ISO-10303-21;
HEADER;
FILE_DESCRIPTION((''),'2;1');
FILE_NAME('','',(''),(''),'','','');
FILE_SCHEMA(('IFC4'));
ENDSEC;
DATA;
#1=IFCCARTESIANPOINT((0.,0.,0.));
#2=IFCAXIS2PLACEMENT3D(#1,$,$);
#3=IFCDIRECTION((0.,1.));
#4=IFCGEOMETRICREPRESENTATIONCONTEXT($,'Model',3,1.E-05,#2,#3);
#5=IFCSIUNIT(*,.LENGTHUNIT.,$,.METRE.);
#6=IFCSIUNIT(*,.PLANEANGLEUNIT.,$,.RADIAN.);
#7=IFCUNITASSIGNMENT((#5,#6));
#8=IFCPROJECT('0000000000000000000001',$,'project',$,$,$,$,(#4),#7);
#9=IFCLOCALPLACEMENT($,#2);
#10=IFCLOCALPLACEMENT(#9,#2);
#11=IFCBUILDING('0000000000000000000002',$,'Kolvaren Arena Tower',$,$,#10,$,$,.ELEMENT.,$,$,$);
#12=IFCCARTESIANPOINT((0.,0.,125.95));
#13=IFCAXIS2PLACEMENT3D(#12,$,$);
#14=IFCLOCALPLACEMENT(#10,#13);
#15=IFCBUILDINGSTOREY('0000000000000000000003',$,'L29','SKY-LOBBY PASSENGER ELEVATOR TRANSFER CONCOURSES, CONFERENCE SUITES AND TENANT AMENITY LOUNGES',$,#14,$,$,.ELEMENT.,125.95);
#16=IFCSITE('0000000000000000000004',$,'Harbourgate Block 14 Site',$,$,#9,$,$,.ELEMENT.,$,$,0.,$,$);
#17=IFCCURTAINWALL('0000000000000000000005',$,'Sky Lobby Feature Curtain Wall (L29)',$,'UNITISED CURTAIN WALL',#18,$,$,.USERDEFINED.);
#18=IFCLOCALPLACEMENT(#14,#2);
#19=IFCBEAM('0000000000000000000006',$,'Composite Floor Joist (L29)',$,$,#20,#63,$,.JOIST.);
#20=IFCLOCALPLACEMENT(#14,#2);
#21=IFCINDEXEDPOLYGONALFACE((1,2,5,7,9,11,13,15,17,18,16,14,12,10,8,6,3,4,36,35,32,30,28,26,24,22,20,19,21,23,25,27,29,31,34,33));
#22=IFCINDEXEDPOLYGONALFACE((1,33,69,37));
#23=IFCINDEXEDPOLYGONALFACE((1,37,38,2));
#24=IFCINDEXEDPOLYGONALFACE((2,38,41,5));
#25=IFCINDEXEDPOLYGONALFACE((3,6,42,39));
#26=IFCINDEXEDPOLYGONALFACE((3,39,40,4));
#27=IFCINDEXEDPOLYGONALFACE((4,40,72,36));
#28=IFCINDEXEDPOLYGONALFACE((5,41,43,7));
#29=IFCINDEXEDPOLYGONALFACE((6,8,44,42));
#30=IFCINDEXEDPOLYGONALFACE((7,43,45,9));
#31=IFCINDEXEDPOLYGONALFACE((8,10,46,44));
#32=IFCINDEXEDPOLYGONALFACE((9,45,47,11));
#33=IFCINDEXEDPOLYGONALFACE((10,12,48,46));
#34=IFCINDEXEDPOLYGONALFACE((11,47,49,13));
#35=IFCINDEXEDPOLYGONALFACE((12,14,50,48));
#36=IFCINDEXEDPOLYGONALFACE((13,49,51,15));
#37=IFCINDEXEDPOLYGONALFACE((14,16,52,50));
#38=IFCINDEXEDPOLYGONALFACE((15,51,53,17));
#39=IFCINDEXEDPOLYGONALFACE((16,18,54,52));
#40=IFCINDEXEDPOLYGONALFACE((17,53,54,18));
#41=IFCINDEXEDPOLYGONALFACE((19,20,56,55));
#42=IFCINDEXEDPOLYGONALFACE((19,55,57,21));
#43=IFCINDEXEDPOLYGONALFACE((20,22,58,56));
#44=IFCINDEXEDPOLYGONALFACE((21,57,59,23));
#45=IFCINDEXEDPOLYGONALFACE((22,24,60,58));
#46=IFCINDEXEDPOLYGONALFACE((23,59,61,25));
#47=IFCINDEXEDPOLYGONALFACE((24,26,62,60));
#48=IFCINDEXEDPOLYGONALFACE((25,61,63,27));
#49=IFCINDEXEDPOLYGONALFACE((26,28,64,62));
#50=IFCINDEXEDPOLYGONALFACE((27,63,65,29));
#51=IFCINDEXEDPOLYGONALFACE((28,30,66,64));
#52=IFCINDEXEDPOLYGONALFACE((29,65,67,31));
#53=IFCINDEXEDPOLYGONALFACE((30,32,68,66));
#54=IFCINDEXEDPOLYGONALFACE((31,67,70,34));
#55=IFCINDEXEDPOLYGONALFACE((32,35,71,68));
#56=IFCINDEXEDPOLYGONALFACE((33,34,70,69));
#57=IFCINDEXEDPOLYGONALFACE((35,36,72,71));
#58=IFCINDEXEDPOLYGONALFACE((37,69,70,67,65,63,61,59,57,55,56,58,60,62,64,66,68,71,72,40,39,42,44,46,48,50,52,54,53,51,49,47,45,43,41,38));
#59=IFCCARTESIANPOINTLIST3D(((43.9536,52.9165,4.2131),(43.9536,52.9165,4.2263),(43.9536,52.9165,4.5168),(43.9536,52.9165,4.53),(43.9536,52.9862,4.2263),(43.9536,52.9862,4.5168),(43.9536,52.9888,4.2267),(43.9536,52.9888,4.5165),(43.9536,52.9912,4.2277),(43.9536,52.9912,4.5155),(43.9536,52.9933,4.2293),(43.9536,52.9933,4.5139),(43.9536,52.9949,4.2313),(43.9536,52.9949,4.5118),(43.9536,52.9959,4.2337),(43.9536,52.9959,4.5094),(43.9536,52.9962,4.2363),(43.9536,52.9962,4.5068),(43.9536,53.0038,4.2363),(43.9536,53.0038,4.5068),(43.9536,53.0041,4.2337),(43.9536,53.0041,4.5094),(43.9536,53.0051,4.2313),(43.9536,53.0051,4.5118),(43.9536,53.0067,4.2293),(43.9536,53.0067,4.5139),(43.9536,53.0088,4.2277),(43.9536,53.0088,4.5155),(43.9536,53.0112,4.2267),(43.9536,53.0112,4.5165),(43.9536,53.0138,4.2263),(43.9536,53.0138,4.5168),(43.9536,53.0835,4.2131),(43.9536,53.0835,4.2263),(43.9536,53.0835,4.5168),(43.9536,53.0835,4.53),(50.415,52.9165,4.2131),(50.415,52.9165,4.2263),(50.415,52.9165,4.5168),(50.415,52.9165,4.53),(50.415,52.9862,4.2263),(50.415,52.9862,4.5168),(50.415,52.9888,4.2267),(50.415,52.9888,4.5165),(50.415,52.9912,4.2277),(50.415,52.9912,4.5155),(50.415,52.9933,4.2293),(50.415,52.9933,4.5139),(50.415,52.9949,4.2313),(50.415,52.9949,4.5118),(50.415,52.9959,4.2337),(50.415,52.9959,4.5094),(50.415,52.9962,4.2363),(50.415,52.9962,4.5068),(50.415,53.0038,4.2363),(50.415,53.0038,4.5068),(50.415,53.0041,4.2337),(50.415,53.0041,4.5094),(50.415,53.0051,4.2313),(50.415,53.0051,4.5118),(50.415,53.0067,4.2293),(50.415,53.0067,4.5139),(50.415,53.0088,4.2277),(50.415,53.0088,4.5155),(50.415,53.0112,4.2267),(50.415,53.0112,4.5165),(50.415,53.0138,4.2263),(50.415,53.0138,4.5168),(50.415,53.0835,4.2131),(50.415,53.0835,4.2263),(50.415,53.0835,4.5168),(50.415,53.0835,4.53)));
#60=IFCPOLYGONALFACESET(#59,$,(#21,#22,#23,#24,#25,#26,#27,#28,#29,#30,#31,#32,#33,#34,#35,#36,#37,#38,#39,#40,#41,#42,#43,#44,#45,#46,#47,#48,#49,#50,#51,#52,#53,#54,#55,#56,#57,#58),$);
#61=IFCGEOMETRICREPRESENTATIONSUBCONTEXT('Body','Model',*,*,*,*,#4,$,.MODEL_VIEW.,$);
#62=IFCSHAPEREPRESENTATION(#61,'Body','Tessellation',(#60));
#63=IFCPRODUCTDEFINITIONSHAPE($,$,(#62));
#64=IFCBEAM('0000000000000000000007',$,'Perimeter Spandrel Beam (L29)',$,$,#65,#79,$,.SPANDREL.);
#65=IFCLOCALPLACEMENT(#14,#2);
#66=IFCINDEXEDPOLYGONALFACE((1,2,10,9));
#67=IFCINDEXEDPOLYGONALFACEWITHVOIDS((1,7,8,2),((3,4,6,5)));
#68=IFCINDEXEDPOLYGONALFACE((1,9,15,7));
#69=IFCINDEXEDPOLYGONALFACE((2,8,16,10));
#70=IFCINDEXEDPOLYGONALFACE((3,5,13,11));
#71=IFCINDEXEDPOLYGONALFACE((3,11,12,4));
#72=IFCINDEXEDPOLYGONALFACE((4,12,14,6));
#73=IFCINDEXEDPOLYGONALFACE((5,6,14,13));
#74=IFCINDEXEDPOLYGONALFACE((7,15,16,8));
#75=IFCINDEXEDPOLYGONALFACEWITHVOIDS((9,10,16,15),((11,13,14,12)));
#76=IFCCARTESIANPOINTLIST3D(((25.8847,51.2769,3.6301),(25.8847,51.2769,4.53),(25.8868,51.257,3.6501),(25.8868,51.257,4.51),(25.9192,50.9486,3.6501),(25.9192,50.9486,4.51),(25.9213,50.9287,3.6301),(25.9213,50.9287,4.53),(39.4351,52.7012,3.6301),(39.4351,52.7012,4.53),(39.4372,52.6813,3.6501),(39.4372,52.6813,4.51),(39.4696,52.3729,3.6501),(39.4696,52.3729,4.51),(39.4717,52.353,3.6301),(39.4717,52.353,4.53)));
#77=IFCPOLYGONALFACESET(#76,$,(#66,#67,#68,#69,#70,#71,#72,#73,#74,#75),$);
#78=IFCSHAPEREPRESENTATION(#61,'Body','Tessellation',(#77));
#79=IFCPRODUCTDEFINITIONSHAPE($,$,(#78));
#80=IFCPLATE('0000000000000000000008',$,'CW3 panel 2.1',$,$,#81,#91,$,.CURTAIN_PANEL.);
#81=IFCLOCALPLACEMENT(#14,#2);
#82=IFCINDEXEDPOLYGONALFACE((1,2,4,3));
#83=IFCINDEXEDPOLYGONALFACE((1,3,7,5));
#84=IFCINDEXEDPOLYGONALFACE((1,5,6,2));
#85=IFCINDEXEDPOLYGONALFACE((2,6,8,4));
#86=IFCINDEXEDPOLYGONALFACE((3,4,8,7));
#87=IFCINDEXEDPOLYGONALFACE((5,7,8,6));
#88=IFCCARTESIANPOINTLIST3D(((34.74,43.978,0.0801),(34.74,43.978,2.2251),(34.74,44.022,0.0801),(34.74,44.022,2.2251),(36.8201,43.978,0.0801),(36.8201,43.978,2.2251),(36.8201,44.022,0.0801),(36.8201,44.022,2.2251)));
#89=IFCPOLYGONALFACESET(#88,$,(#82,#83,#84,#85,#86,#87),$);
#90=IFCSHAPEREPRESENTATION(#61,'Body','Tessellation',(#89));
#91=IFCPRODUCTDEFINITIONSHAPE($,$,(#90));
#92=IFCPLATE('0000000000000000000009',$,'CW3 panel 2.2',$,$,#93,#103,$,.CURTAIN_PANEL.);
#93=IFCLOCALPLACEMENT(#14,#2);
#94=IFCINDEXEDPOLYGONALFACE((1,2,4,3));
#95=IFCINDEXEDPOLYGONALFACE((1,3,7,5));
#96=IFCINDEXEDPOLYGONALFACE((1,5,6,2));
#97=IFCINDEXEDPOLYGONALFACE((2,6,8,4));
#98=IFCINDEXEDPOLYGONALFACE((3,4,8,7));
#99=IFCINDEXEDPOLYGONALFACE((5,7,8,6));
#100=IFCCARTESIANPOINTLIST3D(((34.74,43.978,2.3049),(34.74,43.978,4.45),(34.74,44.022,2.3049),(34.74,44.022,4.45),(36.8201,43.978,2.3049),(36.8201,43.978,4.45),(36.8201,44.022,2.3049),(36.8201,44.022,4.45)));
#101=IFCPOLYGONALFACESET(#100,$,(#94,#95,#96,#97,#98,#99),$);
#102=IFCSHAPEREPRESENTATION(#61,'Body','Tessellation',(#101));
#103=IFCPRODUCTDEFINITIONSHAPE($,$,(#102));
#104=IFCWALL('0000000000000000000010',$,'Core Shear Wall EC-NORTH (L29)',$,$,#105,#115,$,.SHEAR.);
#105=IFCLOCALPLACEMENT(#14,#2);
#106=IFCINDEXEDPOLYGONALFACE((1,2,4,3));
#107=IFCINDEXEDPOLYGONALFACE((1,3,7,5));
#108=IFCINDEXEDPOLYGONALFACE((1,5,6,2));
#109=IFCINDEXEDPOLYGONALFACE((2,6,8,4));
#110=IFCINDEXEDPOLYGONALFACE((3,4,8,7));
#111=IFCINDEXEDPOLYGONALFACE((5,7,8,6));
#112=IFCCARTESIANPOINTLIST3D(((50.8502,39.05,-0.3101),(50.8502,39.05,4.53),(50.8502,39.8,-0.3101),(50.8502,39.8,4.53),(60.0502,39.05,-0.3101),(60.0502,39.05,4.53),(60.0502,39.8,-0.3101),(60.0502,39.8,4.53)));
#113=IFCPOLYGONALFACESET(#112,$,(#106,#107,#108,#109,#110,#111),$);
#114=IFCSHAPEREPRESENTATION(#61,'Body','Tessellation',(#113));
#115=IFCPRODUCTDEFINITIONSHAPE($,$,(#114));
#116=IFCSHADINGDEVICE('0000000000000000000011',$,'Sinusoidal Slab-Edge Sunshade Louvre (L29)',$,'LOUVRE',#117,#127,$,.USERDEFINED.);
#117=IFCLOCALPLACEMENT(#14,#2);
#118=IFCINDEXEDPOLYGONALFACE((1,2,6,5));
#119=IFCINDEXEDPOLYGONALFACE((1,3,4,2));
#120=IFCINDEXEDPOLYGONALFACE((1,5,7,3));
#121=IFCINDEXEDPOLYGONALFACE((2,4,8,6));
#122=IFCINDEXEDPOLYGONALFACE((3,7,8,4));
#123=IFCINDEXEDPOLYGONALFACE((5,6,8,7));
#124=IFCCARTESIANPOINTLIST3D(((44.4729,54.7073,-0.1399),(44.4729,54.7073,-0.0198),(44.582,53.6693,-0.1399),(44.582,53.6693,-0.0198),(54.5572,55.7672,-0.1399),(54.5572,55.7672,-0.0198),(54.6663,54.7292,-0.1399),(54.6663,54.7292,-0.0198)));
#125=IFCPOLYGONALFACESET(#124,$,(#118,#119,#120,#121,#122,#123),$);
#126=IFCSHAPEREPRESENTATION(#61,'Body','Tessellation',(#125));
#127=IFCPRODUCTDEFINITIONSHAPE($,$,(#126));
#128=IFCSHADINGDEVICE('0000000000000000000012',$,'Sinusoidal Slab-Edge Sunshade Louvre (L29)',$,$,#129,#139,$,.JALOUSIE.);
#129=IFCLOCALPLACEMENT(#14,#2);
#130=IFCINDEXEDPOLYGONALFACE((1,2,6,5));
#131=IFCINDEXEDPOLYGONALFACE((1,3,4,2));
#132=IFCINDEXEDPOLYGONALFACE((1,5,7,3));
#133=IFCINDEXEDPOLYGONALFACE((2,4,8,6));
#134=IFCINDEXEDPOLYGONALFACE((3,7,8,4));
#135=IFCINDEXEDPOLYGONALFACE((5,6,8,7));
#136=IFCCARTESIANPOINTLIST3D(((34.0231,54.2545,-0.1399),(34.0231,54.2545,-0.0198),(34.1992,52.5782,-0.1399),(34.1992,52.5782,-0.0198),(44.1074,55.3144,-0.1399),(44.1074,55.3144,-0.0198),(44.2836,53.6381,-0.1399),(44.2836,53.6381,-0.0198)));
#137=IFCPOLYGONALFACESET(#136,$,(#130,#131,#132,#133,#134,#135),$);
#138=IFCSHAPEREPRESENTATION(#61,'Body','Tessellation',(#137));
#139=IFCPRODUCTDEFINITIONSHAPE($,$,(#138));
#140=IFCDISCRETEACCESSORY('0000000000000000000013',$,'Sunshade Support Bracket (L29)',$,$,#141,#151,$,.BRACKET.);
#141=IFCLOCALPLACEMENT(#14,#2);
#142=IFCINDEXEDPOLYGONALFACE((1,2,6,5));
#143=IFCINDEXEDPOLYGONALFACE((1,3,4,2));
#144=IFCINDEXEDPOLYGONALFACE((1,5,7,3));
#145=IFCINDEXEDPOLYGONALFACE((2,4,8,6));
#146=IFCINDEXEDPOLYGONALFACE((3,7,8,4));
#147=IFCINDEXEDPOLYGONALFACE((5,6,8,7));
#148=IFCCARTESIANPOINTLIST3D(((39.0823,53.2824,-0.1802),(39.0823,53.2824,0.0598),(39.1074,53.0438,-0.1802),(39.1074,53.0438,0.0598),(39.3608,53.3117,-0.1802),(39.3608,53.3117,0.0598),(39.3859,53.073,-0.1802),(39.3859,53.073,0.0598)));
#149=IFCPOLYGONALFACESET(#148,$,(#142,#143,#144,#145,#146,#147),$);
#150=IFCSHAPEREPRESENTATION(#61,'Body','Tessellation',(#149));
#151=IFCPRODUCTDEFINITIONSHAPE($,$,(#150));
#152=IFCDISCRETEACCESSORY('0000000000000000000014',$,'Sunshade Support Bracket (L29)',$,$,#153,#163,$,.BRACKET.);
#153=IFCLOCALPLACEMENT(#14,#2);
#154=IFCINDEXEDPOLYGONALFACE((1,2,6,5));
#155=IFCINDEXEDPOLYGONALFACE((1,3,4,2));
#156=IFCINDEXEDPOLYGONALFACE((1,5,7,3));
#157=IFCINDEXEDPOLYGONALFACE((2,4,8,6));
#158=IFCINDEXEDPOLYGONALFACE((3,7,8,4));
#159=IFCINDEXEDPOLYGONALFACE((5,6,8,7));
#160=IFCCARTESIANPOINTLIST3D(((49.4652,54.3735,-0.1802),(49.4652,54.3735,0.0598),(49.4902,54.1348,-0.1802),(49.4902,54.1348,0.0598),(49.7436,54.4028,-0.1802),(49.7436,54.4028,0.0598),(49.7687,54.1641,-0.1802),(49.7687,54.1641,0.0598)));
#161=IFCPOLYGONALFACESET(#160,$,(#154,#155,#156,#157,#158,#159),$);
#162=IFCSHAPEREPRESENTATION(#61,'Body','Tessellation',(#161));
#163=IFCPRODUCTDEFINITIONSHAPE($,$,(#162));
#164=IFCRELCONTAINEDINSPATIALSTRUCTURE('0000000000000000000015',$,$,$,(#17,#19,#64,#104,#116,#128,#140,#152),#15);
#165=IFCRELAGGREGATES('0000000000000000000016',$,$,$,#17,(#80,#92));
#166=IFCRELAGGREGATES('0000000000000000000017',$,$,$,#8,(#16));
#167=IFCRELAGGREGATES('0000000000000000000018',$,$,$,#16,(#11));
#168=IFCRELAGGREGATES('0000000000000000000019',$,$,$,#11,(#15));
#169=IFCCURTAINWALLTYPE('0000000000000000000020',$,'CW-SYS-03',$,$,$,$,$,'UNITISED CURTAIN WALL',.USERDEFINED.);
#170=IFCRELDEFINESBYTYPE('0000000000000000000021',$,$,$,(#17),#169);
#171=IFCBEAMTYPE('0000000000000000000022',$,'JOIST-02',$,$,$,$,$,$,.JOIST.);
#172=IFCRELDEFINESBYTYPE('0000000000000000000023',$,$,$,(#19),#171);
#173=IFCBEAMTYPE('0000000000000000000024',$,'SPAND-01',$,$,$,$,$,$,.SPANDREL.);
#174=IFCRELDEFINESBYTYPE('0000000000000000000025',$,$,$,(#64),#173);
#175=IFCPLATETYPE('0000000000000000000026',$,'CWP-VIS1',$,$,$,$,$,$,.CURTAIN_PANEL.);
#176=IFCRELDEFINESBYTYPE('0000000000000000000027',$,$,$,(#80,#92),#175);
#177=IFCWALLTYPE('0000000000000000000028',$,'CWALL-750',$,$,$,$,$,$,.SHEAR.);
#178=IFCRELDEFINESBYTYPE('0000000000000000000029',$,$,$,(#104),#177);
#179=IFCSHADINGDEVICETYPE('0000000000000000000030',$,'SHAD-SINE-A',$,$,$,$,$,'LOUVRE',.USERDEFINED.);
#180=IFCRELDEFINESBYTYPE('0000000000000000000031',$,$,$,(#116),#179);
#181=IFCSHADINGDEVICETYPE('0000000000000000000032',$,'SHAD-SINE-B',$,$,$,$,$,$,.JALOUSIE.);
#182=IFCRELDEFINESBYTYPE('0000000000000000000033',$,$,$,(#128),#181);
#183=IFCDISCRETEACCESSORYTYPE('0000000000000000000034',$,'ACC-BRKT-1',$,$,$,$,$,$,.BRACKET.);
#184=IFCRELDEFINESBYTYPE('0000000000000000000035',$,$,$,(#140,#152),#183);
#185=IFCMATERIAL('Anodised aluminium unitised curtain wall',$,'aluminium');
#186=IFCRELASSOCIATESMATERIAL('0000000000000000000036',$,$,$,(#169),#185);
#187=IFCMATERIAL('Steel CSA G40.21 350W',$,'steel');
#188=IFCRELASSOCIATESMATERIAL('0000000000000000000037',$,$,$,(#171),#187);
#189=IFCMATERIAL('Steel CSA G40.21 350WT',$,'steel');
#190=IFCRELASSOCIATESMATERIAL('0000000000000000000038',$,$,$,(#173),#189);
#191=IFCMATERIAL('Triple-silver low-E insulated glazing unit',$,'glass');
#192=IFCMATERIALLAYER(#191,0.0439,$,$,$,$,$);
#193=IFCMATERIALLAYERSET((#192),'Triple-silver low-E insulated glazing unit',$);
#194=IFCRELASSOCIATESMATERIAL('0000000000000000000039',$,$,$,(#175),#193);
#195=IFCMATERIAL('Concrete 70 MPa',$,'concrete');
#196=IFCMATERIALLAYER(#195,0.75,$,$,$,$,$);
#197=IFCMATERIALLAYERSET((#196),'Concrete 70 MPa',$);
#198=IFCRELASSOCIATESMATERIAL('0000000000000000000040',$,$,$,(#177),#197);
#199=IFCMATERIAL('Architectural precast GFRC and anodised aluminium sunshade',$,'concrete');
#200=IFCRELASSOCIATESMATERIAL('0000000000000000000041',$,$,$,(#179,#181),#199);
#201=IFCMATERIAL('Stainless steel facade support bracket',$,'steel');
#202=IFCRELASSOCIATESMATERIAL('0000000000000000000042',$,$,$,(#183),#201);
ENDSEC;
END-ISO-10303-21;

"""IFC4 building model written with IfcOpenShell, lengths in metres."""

from ifc_helpers import new_model, si_unit, direction, frame, frame_2d, origin, origin_2d, place, context, subcontext, project, spatial, rectangle, hollow_rectangle, i_section, extrude, material, layer, layer_set, material_profile, profile_set, type_object, element, aggregate, save


model = new_model("IFC4")

# Units and contexts
model_context = context("Model", 3, precision=1e-05, world=origin(), true_north=direction((0.0, 1.0)))
body_context = subcontext(model_context, "Body", "Model", "MODEL_VIEW")
ifc_project = project(units=[si_unit("LENGTHUNIT", "METRE"), si_unit("PLANEANGLEUNIT", "RADIAN")], contexts=[model_context])

# Site, building, storey
site_placement = place(None, origin())
site = spatial("IfcSite", under=ifc_project, at=site_placement, Name="Harbourgate Block 14 Site", CompositionType="ELEMENT", RefElevation=0.0)
building_placement = place(site_placement, origin())
building = spatial("IfcBuilding", under=site, at=building_placement, Name="Kolvaren Arena Tower", CompositionType="ELEMENT")
storey_placement = place(building_placement, frame((0.0, 0.0, 125.95)))
storey = spatial("IfcBuildingStorey", under=building, at=storey_placement, Name="L29", Description="SKY-LOBBY PASSENGER ELEVATOR TRANSFER CONCOURSES, CONFERENCE SUITES AND TENANT AMENITY LOUNGES", CompositionType="ELEMENT", Elevation=125.95)

# Shared definitions
ifc_material_1 = material(Name="Steel CSA G40.21 350W", Category="steel")

# Curtain wall
ifc_material_2 = material(Name="Anodised aluminium unitised curtain wall", Category="aluminium")
curtain_wall_type = type_object("IfcCurtainWallType", Name="CW-SYS-03", ElementType="UNITISED CURTAIN WALL", PredefinedType="USERDEFINED", material=ifc_material_2)
curtain_wall_placement = place(storey_placement, origin())
curtain_wall = element("IfcCurtainWall", 1, at=curtain_wall_placement, inside=storey, type_object=curtain_wall_type, Name="Sky Lobby Feature Curtain Wall (L29)", ObjectType="UNITISED CURTAIN WALL", PredefinedType="USERDEFINED")

# Beams
ifc_material_profile_1 = material_profile(ifc_material_1, i_section(OverallWidth=0.167, OverallDepth=0.3169, WebThickness=0.0076, FlangeThickness=0.0132, FilletRadius=0.01, at=origin_2d()), Name="W310x52")
ifc_profile_set_1 = profile_set([ifc_material_profile_1], Name="Steel CSA G40.21 350W")
beam_type_1 = type_object("IfcBeamType", Name="JOIST-02", PredefinedType="JOIST", material=ifc_profile_set_1)
beam_1_placement = place(storey_placement, frame((43.9536, 53.0, 4.3716), z_axis=(1.0, 0.0, 0.0), x_axis=(0.0, 1.0, 0.0)))
element("IfcBeam", 2, at=beam_1_placement, inside=storey, type_object=beam_type_1, Name="Composite Floor Joist (L29)", PredefinedType="JOIST", context=body_context, shape_type="SweptSolid", body=[
    extrude(i_section(OverallWidth=0.167, OverallDepth=0.3169, WebThickness=0.0076, FlangeThickness=0.0132, FilletRadius=0.01, at=origin_2d()), origin(), (0.0, 0.0, 1.0), 6.4614),
])
ifc_material_3 = material(Name="Steel CSA G40.21 350WT", Category="steel")
ifc_material_profile_2 = material_profile(ifc_material_3, hollow_rectangle(XDim=0.3501, YDim=0.8999, WallThickness=0.02, at=origin_2d()), Name="HSS 900x350x20")
ifc_profile_set_2 = profile_set([ifc_material_profile_2], Name="Steel CSA G40.21 350WT")
beam_type_2 = type_object("IfcBeamType", Name="SPAND-01", PredefinedType="SPANDREL", material=ifc_profile_set_2)
beam_2_placement = place(storey_placement, frame((39.4534, 52.5271, 4.0801), z_axis=(-0.994521, -0.104537, 0.0), x_axis=(0.104537, -0.994521, 0.0)))
element("IfcBeam", 3, at=beam_2_placement, inside=storey, type_object=beam_type_2, Name="Perimeter Spandrel Beam (L29)", PredefinedType="SPANDREL", context=body_context, shape_type="SweptSolid", body=[
    extrude(hollow_rectangle(XDim=0.3501, YDim=0.8999, WallThickness=0.02, at=origin_2d()), origin(), (0.0, 0.0, 1.0), 13.625),
])

# Plates
ifc_material_4 = material(Name="Triple-silver low-E insulated glazing unit", Category="glass")
ifc_layer_1 = layer(ifc_material_4, 0.0439)
ifc_layer_set_1 = layer_set([ifc_layer_1], Name="Triple-silver low-E insulated glazing unit")
plate_type = type_object("IfcPlateType", Name="CWP-VIS1", PredefinedType="CURTAIN_PANEL", material=ifc_layer_set_1)
plate_1_placement = place(storey_placement, frame((35.78, 44.0, 0.0801), z_axis=(0.0, 0.0, 1.0), x_axis=(1.0, 0.0, 0.0)))
plate_1 = element("IfcPlate", 4, at=plate_1_placement, type_object=plate_type, Name="CW3 panel 2.1", PredefinedType="CURTAIN_PANEL", context=body_context, shape_type="SweptSolid", body=[
    extrude(rectangle(XDim=2.0801, YDim=0.0439, at=origin_2d()), origin(), (0.0, 0.0, 1.0), 2.145),
])
plate_2_placement = place(storey_placement, frame((35.78, 44.0, 2.3049), z_axis=(0.0, 0.0, 1.0), x_axis=(1.0, 0.0, 0.0)))
plate_2 = element("IfcPlate", 5, at=plate_2_placement, type_object=plate_type, Name="CW3 panel 2.2", PredefinedType="CURTAIN_PANEL", context=body_context, shape_type="SweptSolid", body=[
    extrude(rectangle(XDim=2.0801, YDim=0.0439, at=origin_2d()), origin(), (0.0, 0.0, 1.0), 2.145),
])
aggregate(curtain_wall, [plate_1, plate_2])

# Wall
ifc_material_5 = material(Name="Concrete 70 MPa", Category="concrete")
ifc_layer_2 = layer(ifc_material_5, 0.75)
ifc_layer_set_2 = layer_set([ifc_layer_2], Name="Concrete 70 MPa")
wall_type = type_object("IfcWallType", Name="CWALL-750", PredefinedType="SHEAR", material=ifc_layer_set_2)
wall_placement = place(storey_placement, frame((50.8501, 39.425, -0.3101), z_axis=(0.0, 0.0, 1.0), x_axis=(1.0, 0.0, 0.0)))
element("IfcWall", 6, at=wall_placement, inside=storey, type_object=wall_type, Name="Core Shear Wall EC-NORTH (L29)", PredefinedType="SHEAR", context=body_context, shape_type="SweptSolid", body=[
    extrude(rectangle(XDim=9.2, YDim=0.75, at=frame_2d((4.6001, 0.0))), origin(), (0.0, 0.0, 1.0), 4.8401),
])

# Shading devices
ifc_material_6 = material(Name="Architectural precast GFRC and anodised aluminium sunshade", Category="concrete")
shading_device_type_1 = type_object("IfcShadingDeviceType", Name="SHAD-SINE-A", ElementType="LOUVRE", PredefinedType="USERDEFINED", material=ifc_material_6)
shading_device_1_placement = place(storey_placement, frame((49.5696, 54.7183, -0.1399), z_axis=(0.0, 0.0, 1.0), x_axis=(0.994522, 0.104527, 0.0)))
element("IfcShadingDevice", 7, at=shading_device_1_placement, inside=storey, type_object=shading_device_type_1, Name="Sinusoidal Slab-Edge Sunshade Louvre (L29)", ObjectType="LOUVRE", PredefinedType="USERDEFINED", context=body_context, shape_type="SweptSolid", body=[
    extrude(rectangle(XDim=10.1399, YDim=1.0437, at=origin_2d()), origin(), (0.0, 0.0, 1.0), 0.1201),
])
shading_device_type_2 = type_object("IfcShadingDeviceType", Name="SHAD-SINE-B", PredefinedType="JALOUSIE", material=ifc_material_6)
shading_device_2_placement = place(storey_placement, frame((39.1533, 53.9463, -0.1399), z_axis=(0.0, 0.0, 1.0), x_axis=(0.994522, 0.104527, 0.0)))
element("IfcShadingDevice", 8, at=shading_device_2_placement, inside=storey, type_object=shading_device_type_2, Name="Sinusoidal Slab-Edge Sunshade Louvre (L29)", PredefinedType="JALOUSIE", context=body_context, shape_type="SweptSolid", body=[
    extrude(rectangle(XDim=10.1399, YDim=1.6855, at=origin_2d()), origin(), (0.0, 0.0, 1.0), 0.1201),
])

# Discrete accessories
ifc_material_7 = material(Name="Stainless steel facade support bracket", Category="steel")
discrete_accessory_type = type_object("IfcDiscreteAccessoryType", Name="ACC-BRKT-1", PredefinedType="BRACKET", material=ifc_material_7)
for number, where, z_axis, x_axis, name in (
    (9, (39.2341, 53.1777, -0.1802), (0.0, 0.0, 1.0), (0.994522, 0.104527, 0.0), "Sunshade Support Bracket (L29)"),
    (10, (49.6169, 54.2688, -0.1802), (0.0, 0.0, 1.0), (0.994522, 0.104527, 0.0), "Sunshade Support Bracket (L29)"),
):
    element("IfcDiscreteAccessory", number, at=place(storey_placement, frame(where, z_axis=z_axis, x_axis=x_axis)), inside=storey, type_object=discrete_accessory_type, Name=name, PredefinedType="BRACKET", context=body_context, shape_type="SweptSolid", body=[
        extrude(rectangle(XDim=0.28, YDim=0.24, at=origin_2d()), origin(), (0.0, 0.0, 1.0), 0.24),
    ])

save(model, "model.ifc")
